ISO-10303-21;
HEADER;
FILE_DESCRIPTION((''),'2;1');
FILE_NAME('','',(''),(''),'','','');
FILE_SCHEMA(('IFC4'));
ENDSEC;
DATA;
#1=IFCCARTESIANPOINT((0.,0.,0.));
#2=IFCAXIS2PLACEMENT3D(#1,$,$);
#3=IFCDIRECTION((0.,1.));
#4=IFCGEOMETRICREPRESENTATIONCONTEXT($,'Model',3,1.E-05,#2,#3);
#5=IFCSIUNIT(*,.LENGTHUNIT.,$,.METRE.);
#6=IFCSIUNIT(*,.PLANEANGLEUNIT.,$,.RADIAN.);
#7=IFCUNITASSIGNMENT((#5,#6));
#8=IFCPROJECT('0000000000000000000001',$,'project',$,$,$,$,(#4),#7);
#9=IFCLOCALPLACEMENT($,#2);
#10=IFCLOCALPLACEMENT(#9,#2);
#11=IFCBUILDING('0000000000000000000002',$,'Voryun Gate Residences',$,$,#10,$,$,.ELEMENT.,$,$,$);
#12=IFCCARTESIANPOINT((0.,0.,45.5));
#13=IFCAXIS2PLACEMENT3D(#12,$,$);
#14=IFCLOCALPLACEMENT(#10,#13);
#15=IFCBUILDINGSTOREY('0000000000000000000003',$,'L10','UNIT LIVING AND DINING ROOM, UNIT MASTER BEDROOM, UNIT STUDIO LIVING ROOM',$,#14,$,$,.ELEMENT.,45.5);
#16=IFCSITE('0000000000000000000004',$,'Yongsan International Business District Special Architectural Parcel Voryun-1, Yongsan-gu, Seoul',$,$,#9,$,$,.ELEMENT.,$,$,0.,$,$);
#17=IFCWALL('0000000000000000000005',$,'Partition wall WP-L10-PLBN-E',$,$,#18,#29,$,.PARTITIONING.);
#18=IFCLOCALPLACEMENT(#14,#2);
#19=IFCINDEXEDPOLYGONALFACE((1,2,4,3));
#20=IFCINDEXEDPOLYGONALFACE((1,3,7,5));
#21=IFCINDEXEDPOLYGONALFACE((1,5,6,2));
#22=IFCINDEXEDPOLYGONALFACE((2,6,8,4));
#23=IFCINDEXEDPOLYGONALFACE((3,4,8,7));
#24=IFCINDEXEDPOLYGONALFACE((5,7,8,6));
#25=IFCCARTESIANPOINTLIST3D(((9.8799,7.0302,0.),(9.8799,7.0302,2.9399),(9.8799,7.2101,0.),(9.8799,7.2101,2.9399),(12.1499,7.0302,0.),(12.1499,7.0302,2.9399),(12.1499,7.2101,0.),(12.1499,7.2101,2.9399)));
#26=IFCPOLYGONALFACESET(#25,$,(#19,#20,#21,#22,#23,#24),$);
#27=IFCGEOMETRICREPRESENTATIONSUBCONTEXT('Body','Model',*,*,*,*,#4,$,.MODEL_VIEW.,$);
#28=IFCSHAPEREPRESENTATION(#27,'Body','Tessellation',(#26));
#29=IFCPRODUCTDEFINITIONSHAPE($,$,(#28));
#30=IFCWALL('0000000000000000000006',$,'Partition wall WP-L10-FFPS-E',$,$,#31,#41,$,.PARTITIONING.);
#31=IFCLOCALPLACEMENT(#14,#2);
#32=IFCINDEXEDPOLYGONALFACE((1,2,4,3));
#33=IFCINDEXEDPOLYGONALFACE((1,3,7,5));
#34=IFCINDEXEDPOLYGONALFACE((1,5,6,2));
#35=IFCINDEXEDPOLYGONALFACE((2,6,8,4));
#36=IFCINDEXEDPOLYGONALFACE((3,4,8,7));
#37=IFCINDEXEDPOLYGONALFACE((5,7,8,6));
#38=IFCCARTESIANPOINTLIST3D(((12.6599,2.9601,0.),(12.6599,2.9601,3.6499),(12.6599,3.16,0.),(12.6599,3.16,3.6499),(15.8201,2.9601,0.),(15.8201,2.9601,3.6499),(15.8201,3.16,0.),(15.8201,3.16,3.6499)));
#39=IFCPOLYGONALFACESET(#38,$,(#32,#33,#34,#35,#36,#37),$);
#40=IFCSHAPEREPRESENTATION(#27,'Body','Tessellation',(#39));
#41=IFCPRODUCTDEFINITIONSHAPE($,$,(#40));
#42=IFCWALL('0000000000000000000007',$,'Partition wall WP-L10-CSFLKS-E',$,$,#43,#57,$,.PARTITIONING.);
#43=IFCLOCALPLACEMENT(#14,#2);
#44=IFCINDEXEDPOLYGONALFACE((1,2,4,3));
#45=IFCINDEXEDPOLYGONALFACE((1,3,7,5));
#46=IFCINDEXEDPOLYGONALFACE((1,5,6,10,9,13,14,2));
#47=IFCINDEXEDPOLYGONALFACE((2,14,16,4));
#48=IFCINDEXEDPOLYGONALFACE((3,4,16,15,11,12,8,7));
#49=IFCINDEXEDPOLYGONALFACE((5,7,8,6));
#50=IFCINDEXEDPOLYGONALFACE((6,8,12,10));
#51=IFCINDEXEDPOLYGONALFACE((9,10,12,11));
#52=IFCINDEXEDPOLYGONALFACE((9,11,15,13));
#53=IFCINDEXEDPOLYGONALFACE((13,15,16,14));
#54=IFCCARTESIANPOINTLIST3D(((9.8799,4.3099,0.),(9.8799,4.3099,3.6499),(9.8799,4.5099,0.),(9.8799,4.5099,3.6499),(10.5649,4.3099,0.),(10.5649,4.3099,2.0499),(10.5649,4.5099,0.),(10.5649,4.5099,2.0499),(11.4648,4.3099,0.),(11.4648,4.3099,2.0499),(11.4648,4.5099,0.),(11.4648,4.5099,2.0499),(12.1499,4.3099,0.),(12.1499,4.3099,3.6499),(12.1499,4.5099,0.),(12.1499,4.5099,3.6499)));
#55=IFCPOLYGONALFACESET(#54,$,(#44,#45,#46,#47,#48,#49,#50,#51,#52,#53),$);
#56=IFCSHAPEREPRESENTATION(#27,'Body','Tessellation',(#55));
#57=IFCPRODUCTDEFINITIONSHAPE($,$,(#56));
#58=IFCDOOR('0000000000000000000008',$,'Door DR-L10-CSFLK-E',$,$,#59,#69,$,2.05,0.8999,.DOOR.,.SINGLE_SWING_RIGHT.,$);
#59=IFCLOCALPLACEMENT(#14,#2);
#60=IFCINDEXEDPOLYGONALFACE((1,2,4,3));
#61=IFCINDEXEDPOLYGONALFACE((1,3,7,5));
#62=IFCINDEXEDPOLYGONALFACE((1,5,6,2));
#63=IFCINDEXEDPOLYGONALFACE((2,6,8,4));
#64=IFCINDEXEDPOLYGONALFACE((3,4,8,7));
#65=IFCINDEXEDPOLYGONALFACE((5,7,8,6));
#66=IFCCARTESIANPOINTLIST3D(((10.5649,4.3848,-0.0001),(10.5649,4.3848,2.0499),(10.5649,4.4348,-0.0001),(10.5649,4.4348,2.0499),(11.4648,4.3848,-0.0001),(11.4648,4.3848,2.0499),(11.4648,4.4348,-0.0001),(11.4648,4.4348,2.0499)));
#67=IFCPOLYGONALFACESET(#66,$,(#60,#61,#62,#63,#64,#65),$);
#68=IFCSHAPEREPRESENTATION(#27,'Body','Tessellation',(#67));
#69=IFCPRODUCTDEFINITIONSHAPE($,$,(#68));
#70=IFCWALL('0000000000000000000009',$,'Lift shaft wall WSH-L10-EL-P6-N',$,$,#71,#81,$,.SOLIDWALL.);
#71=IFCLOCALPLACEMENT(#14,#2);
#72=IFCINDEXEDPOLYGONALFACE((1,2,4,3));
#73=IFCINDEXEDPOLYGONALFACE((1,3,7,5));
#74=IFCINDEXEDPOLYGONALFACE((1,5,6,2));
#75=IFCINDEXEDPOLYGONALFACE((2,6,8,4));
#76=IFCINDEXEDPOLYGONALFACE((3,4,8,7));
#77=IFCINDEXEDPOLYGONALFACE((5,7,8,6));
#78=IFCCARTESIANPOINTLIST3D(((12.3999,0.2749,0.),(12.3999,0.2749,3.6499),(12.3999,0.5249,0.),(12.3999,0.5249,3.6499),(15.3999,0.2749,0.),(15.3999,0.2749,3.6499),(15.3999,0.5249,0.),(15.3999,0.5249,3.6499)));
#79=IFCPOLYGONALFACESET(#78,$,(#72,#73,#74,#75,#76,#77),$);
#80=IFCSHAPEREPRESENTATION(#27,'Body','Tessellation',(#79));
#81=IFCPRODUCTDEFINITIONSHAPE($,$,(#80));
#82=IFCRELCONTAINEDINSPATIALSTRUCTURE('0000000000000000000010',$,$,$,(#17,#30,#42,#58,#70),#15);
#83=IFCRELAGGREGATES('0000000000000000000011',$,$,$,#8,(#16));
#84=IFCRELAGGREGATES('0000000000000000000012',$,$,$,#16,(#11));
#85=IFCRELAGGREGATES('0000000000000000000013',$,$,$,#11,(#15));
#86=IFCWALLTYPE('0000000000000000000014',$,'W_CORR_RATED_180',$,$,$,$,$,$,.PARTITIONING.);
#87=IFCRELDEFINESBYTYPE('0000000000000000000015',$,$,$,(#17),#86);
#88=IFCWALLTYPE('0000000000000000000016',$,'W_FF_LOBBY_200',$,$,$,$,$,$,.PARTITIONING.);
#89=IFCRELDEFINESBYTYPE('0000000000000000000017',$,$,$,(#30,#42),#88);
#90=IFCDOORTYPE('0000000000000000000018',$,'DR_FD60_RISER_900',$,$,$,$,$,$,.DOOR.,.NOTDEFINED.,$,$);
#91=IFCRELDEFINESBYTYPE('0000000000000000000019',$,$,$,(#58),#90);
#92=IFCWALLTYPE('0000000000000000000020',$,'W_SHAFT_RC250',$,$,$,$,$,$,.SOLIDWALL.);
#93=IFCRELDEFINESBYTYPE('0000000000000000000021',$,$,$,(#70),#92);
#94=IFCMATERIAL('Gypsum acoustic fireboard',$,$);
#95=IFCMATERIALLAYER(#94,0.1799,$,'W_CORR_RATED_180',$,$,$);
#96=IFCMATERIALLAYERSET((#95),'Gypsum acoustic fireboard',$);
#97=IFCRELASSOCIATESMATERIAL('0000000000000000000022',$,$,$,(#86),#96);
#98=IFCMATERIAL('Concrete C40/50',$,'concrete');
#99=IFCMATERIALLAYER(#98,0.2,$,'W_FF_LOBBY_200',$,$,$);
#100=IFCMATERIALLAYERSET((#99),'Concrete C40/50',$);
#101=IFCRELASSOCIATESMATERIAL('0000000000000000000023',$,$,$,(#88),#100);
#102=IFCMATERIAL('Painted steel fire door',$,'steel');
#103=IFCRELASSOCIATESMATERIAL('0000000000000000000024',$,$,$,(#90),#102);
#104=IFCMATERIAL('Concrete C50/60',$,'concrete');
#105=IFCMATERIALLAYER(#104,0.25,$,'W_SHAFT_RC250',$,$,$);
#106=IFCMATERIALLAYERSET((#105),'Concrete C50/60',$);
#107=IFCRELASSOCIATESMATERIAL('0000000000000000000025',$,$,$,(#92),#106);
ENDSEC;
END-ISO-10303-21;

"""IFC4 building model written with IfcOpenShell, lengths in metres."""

from ifc_helpers import new_model, si_unit, direction, frame, frame_2d, origin, place, context, subcontext, project, spatial, rectangle, extrude, material, layer, layer_set, type_object, element, fill, save


model = new_model("IFC4")

# Units and contexts
model_context = context("Model", 3, precision=1e-05, world=origin(), true_north=direction((0.0, 1.0)))
body_context = subcontext(model_context, "Body", "Model", "MODEL_VIEW")
ifc_project = project(units=[si_unit("LENGTHUNIT", "METRE"), si_unit("PLANEANGLEUNIT", "RADIAN")], contexts=[model_context])

# Site, building, storey
site_placement = place(None, origin())
site = spatial("IfcSite", under=ifc_project, at=site_placement, Name="Yongsan International Business District Special Architectural Parcel Voryun-1, Yongsan-gu, Seoul", CompositionType="ELEMENT", RefElevation=0.0)
building_placement = place(site_placement, origin())
building = spatial("IfcBuilding", under=site, at=building_placement, Name="Voryun Gate Residences", CompositionType="ELEMENT")
storey_placement = place(building_placement, frame((0.0, 0.0, 45.5)))
storey = spatial("IfcBuildingStorey", under=building, at=storey_placement, Name="L10", Description="UNIT LIVING AND DINING ROOM, UNIT MASTER BEDROOM, UNIT STUDIO LIVING ROOM", CompositionType="ELEMENT", Elevation=45.5)

# Walls
ifc_material_1 = material(Name="Gypsum acoustic fireboard")
ifc_layer_1 = layer(ifc_material_1, 0.1799, Name="W_CORR_RATED_180")
ifc_layer_set_1 = layer_set([ifc_layer_1], Name="Gypsum acoustic fireboard")
wall_type_1 = type_object("IfcWallType", Name="W_CORR_RATED_180", PredefinedType="PARTITIONING", material=ifc_layer_set_1)
wall_1_placement = place(storey_placement, frame((9.8799, 7.1201, 0.0), z_axis=(0.0, 0.0, 1.0), x_axis=(1.0, 0.0, 0.0)))
element("IfcWall", 1, at=wall_1_placement, inside=storey, type_object=wall_type_1, Name="Partition wall WP-L10-PLBN-E", PredefinedType="PARTITIONING", context=body_context, shape_type="SweptSolid", body=[
    extrude(rectangle(XDim=2.27, YDim=0.1799, at=frame_2d((1.135, 0.0))), origin(), (0.0, 0.0, 1.0), 2.9399),
])
ifc_material_2 = material(Name="Concrete C40/50", Category="concrete")
ifc_layer_2 = layer(ifc_material_2, 0.2, Name="W_FF_LOBBY_200")
ifc_layer_set_2 = layer_set([ifc_layer_2], Name="Concrete C40/50")
wall_type_2 = type_object("IfcWallType", Name="W_FF_LOBBY_200", PredefinedType="PARTITIONING", material=ifc_layer_set_2)
wall_2_placement = place(storey_placement, frame((12.6599, 3.0601, 0.0), z_axis=(0.0, 0.0, 1.0), x_axis=(1.0, 0.0, 0.0)))
element("IfcWall", 2, at=wall_2_placement, inside=storey, type_object=wall_type_2, Name="Partition wall WP-L10-FFPS-E", PredefinedType="PARTITIONING", context=body_context, shape_type="SweptSolid", body=[
    extrude(rectangle(XDim=3.1602, YDim=0.2, at=frame_2d((1.5801, 0.0))), origin(), (0.0, 0.0, 1.0), 3.6499),
])

# Wall, opening, door
wall_3_placement = place(storey_placement, frame((9.8799, 4.4099, 0.0), z_axis=(0.0, 0.0, 1.0), x_axis=(1.0, 0.0, 0.0)))
wall_3 = element("IfcWall", 3, at=wall_3_placement, inside=storey, type_object=wall_type_2, Name="Partition wall WP-L10-CSFLKS-E", PredefinedType="PARTITIONING", context=body_context, shape_type="SweptSolid", body=[
    extrude(rectangle(XDim=2.27, YDim=0.2, at=frame_2d((1.135, 0.0))), origin(), (0.0, 0.0, 1.0), 3.6499),
])
opening_placement = place(wall_3_placement, frame((0.6851, 0.0, 0.0)))
opening = element("IfcOpeningElement", 4, at=opening_placement, cuts=wall_3, PredefinedType="OPENING", context=body_context, shape_type="SweptSolid", body=[
    extrude(rectangle(XDim=0.8999, YDim=2.05, at=frame_2d((0.45, 1.0249))), frame((0.0, 0.1101, 0.0), z_axis=(0.0, -1.0, 0.0), x_axis=(1.0, 0.0, 0.0)), (0.0, 0.0, 1.0), 0.22),
])
ifc_material_3 = material(Name="Painted steel fire door", Category="steel")
door_type = type_object("IfcDoorType", Name="DR_FD60_RISER_900", OperationType="NOTDEFINED", PredefinedType="DOOR", material=ifc_material_3)
door_placement = place(opening_placement, origin())
door = element("IfcDoor", 5, at=door_placement, inside=storey, type_object=door_type, Name="Door DR-L10-CSFLK-E", OperationType="SINGLE_SWING_RIGHT", OverallHeight=2.05, OverallWidth=0.8999, PredefinedType="DOOR", context=body_context, shape_type="SweptSolid", body=[
    extrude(rectangle(XDim=0.8999, YDim=2.05, at=frame_2d((0.45, 1.0249))), frame((0.0, 0.0249, 0.0), z_axis=(0.0, -1.0, 0.0), x_axis=(1.0, 0.0, 0.0)), (0.0, 0.0, 1.0), 0.05),
])
fill(opening, door)

# Wall
ifc_material_4 = material(Name="Concrete C50/60", Category="concrete")
ifc_layer_3 = layer(ifc_material_4, 0.25, Name="W_SHAFT_RC250")
ifc_layer_set_3 = layer_set([ifc_layer_3], Name="Concrete C50/60")
wall_type_3 = type_object("IfcWallType", Name="W_SHAFT_RC250", PredefinedType="SOLIDWALL", material=ifc_layer_set_3)
wall_4_placement = place(storey_placement, frame((15.3999, 0.3999, 0.0), z_axis=(0.0, 0.0, 1.0), x_axis=(-1.0, 0.0, 0.0)))
element("IfcWall", 6, at=wall_4_placement, inside=storey, type_object=wall_type_3, Name="Lift shaft wall WSH-L10-EL-P6-N", PredefinedType="SOLIDWALL", context=body_context, shape_type="SweptSolid", body=[
    extrude(rectangle(XDim=3.0, YDim=0.25, at=frame_2d((1.5, 0.0))), origin(), (0.0, 0.0, 1.0), 3.6499),
])

save(model, "model.ifc")
